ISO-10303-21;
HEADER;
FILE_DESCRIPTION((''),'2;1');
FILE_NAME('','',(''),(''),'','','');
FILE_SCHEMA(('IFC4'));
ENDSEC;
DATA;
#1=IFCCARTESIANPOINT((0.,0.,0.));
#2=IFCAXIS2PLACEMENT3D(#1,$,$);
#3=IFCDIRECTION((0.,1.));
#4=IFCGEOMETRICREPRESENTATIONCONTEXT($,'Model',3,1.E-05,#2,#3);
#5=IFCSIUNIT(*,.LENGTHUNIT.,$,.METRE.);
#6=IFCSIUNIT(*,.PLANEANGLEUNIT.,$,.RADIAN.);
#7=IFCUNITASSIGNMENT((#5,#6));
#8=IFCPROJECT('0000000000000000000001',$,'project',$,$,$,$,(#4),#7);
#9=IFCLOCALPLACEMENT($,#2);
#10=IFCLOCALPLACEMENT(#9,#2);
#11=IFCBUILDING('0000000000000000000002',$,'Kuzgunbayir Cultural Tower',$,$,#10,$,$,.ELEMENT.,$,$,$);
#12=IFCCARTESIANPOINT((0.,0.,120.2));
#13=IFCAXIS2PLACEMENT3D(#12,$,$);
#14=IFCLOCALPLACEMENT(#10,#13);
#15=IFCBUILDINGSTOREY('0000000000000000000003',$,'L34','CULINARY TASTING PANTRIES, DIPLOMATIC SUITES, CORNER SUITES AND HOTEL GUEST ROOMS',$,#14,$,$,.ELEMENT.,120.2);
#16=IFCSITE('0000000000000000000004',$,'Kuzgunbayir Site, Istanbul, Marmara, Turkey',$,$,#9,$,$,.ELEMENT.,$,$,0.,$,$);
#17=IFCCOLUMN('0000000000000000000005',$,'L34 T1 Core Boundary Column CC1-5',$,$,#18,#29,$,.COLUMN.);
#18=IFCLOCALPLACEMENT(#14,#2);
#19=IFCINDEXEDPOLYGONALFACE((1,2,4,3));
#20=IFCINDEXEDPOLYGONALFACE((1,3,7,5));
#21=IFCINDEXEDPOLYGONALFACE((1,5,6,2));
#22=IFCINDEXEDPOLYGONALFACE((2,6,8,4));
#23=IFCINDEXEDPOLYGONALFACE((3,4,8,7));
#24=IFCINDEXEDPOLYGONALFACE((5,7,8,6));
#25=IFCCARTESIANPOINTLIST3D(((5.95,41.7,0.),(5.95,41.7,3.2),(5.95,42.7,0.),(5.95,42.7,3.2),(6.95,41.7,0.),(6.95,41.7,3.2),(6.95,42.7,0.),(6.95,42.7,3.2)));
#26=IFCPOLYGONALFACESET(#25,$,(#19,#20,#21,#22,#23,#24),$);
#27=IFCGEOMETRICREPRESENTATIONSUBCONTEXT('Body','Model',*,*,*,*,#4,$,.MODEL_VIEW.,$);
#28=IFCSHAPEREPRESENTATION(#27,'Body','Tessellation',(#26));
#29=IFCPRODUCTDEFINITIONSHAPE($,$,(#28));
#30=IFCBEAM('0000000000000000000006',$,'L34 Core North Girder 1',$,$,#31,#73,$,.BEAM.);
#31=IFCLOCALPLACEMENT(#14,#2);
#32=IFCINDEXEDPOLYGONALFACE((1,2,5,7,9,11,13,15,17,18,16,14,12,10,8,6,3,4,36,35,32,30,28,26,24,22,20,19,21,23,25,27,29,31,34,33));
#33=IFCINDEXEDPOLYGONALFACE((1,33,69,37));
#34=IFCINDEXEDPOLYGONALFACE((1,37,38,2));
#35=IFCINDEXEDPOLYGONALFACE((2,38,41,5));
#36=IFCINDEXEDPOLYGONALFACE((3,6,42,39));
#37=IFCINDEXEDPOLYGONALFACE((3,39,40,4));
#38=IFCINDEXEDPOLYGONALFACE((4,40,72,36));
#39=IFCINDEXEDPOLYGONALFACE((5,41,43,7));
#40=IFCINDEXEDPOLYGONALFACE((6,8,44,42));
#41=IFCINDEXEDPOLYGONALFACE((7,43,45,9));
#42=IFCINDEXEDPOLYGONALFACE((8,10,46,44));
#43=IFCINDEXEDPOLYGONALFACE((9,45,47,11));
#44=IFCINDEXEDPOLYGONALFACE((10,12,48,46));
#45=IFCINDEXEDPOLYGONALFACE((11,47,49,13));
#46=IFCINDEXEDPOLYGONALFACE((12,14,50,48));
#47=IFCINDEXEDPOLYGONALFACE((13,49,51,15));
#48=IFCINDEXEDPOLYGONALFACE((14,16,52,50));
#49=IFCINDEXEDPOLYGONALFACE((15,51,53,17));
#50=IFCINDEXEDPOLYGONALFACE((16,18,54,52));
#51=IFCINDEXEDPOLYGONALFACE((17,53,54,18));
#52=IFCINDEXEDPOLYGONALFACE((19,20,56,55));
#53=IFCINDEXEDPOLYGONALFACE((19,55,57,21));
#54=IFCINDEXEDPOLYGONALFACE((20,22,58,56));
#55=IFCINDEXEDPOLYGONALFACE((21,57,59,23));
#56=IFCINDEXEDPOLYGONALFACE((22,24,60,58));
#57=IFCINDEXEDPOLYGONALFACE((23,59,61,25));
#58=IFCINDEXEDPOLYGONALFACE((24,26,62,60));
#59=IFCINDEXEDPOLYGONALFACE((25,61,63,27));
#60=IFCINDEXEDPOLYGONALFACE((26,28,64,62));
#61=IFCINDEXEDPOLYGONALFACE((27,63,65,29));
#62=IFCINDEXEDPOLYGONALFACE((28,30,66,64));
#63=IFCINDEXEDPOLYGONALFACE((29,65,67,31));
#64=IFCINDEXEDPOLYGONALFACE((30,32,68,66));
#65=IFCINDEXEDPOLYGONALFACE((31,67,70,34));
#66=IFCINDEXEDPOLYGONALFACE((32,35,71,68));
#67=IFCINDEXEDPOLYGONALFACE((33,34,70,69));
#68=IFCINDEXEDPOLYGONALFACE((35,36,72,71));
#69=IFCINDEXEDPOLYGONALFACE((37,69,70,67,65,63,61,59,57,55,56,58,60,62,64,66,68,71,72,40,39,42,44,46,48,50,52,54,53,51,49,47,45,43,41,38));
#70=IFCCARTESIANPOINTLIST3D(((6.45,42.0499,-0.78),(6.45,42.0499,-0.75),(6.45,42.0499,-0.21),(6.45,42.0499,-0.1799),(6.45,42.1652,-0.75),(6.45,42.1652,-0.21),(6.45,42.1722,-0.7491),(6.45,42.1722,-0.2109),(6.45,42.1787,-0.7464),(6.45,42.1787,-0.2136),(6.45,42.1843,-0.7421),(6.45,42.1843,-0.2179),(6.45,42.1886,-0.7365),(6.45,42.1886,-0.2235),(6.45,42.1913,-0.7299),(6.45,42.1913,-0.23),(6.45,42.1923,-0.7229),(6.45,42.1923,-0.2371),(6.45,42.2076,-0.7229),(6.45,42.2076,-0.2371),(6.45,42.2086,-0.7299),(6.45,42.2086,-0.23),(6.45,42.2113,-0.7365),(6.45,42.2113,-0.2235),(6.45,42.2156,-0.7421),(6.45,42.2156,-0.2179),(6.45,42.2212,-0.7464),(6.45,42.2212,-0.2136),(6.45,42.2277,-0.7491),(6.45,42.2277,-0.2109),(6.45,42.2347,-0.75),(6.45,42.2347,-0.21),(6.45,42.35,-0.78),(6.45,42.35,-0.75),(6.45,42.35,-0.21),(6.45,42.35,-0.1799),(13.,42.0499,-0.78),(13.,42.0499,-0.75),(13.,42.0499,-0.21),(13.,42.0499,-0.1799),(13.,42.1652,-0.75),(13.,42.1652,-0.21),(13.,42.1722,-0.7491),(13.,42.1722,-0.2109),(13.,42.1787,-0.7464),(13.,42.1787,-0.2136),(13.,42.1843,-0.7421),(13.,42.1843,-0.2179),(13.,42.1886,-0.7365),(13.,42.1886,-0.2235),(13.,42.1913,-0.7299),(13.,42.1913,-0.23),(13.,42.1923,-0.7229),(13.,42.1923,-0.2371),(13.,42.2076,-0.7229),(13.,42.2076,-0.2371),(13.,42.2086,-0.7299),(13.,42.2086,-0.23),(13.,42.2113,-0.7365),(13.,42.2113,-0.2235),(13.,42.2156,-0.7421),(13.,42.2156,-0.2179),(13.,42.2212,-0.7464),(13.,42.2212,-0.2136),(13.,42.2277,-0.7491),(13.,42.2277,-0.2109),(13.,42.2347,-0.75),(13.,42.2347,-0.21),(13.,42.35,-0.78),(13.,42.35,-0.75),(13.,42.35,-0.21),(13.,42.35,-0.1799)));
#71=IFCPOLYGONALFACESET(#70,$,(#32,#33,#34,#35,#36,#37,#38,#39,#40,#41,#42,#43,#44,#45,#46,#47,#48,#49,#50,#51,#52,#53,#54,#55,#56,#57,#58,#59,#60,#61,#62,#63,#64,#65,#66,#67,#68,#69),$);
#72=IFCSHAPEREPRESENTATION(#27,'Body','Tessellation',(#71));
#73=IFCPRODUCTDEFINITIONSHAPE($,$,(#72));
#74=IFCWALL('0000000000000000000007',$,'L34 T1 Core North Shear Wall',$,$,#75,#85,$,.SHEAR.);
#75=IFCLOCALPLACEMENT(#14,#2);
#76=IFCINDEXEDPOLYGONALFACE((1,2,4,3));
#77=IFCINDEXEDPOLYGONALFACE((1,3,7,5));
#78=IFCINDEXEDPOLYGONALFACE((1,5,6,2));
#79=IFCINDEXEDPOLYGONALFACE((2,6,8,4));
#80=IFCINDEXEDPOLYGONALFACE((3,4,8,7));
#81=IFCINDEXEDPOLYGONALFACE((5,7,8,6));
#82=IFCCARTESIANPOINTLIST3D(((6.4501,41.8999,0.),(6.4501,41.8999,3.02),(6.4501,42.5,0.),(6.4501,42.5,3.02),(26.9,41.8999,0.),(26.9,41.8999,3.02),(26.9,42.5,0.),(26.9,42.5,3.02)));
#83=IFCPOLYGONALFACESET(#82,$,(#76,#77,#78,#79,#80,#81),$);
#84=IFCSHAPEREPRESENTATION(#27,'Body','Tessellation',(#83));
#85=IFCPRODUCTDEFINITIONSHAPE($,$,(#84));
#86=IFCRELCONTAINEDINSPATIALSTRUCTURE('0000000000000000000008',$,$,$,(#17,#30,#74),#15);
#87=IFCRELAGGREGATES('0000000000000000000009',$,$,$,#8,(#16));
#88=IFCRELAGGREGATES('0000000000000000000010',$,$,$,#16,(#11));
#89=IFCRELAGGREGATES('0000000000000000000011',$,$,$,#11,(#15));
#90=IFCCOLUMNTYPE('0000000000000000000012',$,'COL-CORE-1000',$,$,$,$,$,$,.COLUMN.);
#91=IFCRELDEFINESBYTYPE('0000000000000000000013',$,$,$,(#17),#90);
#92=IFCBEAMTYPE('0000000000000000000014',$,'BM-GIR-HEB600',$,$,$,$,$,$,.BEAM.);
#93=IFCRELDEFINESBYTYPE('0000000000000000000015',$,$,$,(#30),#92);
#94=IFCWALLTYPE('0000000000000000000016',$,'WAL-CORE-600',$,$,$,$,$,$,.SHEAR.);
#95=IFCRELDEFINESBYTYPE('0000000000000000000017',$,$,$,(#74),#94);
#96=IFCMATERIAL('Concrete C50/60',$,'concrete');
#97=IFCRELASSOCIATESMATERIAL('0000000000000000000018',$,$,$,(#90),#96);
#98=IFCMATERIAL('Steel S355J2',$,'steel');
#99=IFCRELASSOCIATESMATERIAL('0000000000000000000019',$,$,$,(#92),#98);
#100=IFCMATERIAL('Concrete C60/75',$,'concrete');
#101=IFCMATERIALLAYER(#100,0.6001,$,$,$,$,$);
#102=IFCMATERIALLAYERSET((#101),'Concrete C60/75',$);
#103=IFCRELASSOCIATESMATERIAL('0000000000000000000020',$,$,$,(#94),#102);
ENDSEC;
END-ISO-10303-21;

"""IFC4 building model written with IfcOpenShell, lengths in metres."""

from ifc_helpers import new_model, si_unit, direction, frame, frame_2d, origin, origin_2d, place, context, subcontext, project, spatial, rectangle, i_section, extrude, material, layer, layer_set, material_profile, profile_set, type_object, element, save


model = new_model("IFC4")

# Units and contexts
model_context = context("Model", 3, precision=1e-05, world=origin(), true_north=direction((0.0, 1.0)))
body_context = subcontext(model_context, "Body", "Model", "MODEL_VIEW")
ifc_project = project(units=[si_unit("LENGTHUNIT", "METRE"), si_unit("PLANEANGLEUNIT", "RADIAN")], contexts=[model_context])

# Site, building, storey
site_placement = place(None, origin())
site = spatial("IfcSite", under=ifc_project, at=site_placement, Name="Kuzgunbayir Site, Istanbul, Marmara, Turkey", CompositionType="ELEMENT", RefElevation=0.0)
building_placement = place(site_placement, origin())
building = spatial("IfcBuilding", under=site, at=building_placement, Name="Kuzgunbayir Cultural Tower", CompositionType="ELEMENT")
storey_placement = place(building_placement, frame((0.0, 0.0, 120.2)))
storey = spatial("IfcBuildingStorey", under=building, at=storey_placement, Name="L34", Description="CULINARY TASTING PANTRIES, DIPLOMATIC SUITES, CORNER SUITES AND HOTEL GUEST ROOMS", CompositionType="ELEMENT", Elevation=120.2)

# Column
ifc_material_1 = material(Name="Concrete C50/60", Category="concrete")
ifc_material_profile_1 = material_profile(ifc_material_1, rectangle(XDim=1.0, YDim=1.0, at=origin_2d()), Name="RC 1000x1000")
ifc_profile_set_1 = profile_set([ifc_material_profile_1], Name="Concrete C50/60")
column_type = type_object("IfcColumnType", Name="COL-CORE-1000", PredefinedType="COLUMN", material=ifc_profile_set_1)
column_placement = place(storey_placement, frame((6.45, 42.2, 0.0), z_axis=(0.0, 0.0, 1.0), x_axis=(1.0, 0.0, 0.0)))
element("IfcColumn", 1, at=column_placement, inside=storey, type_object=column_type, Name="L34 T1 Core Boundary Column CC1-5", PredefinedType="COLUMN", context=body_context, shape_type="SweptSolid", body=[
    extrude(rectangle(XDim=1.0, YDim=1.0, at=origin_2d()), origin(), (0.0, 0.0, 1.0), 3.2),
])

# Beam
ifc_material_2 = material(Name="Steel S355J2", Category="steel")
ifc_material_profile_2 = material_profile(ifc_material_2, i_section(OverallWidth=0.3, OverallDepth=0.6001, WebThickness=0.0154, FlangeThickness=0.03, FilletRadius=0.0271, at=origin_2d()), Name="HEB 600")
ifc_profile_set_2 = profile_set([ifc_material_profile_2], Name="Steel S355J2")
beam_type = type_object("IfcBeamType", Name="BM-GIR-HEB600", PredefinedType="BEAM", material=ifc_profile_set_2)
beam_placement = place(storey_placement, frame((6.45, 42.2, -0.48), z_axis=(1.0, 0.0, 0.0), x_axis=(0.0, 1.0, 0.0)))
element("IfcBeam", 2, at=beam_placement, inside=storey, type_object=beam_type, Name="L34 Core North Girder 1", PredefinedType="BEAM", context=body_context, shape_type="SweptSolid", body=[
    extrude(i_section(OverallWidth=0.3, OverallDepth=0.6001, WebThickness=0.0154, FlangeThickness=0.03, FilletRadius=0.0271, at=origin_2d()), origin(), (0.0, 0.0, 1.0), 6.55),
])

# Wall
ifc_material_3 = material(Name="Concrete C60/75", Category="concrete")
ifc_layer_1 = layer(ifc_material_3, 0.6001)
ifc_layer_set_1 = layer_set([ifc_layer_1], Name="Concrete C60/75")
wall_type_1 = type_object("IfcWallType", Name="WAL-CORE-600", PredefinedType="SHEAR", material=ifc_layer_set_1)
wall_1_placement = place(storey_placement, frame((6.45, 42.2, 0.0), z_axis=(0.0, 0.0, 1.0), x_axis=(1.0, 0.0, 0.0)))
element("IfcWall", 3, at=wall_1_placement, inside=storey, type_object=wall_type_1, Name="L34 T1 Core North Shear Wall", PredefinedType="SHEAR", context=body_context, shape_type="SweptSolid", body=[
    extrude(rectangle(XDim=20.45, YDim=0.6001, at=frame_2d((10.2251, 0.0))), origin(), (0.0, 0.0, 1.0), 3.02),
])

save(model, "model.ifc")
